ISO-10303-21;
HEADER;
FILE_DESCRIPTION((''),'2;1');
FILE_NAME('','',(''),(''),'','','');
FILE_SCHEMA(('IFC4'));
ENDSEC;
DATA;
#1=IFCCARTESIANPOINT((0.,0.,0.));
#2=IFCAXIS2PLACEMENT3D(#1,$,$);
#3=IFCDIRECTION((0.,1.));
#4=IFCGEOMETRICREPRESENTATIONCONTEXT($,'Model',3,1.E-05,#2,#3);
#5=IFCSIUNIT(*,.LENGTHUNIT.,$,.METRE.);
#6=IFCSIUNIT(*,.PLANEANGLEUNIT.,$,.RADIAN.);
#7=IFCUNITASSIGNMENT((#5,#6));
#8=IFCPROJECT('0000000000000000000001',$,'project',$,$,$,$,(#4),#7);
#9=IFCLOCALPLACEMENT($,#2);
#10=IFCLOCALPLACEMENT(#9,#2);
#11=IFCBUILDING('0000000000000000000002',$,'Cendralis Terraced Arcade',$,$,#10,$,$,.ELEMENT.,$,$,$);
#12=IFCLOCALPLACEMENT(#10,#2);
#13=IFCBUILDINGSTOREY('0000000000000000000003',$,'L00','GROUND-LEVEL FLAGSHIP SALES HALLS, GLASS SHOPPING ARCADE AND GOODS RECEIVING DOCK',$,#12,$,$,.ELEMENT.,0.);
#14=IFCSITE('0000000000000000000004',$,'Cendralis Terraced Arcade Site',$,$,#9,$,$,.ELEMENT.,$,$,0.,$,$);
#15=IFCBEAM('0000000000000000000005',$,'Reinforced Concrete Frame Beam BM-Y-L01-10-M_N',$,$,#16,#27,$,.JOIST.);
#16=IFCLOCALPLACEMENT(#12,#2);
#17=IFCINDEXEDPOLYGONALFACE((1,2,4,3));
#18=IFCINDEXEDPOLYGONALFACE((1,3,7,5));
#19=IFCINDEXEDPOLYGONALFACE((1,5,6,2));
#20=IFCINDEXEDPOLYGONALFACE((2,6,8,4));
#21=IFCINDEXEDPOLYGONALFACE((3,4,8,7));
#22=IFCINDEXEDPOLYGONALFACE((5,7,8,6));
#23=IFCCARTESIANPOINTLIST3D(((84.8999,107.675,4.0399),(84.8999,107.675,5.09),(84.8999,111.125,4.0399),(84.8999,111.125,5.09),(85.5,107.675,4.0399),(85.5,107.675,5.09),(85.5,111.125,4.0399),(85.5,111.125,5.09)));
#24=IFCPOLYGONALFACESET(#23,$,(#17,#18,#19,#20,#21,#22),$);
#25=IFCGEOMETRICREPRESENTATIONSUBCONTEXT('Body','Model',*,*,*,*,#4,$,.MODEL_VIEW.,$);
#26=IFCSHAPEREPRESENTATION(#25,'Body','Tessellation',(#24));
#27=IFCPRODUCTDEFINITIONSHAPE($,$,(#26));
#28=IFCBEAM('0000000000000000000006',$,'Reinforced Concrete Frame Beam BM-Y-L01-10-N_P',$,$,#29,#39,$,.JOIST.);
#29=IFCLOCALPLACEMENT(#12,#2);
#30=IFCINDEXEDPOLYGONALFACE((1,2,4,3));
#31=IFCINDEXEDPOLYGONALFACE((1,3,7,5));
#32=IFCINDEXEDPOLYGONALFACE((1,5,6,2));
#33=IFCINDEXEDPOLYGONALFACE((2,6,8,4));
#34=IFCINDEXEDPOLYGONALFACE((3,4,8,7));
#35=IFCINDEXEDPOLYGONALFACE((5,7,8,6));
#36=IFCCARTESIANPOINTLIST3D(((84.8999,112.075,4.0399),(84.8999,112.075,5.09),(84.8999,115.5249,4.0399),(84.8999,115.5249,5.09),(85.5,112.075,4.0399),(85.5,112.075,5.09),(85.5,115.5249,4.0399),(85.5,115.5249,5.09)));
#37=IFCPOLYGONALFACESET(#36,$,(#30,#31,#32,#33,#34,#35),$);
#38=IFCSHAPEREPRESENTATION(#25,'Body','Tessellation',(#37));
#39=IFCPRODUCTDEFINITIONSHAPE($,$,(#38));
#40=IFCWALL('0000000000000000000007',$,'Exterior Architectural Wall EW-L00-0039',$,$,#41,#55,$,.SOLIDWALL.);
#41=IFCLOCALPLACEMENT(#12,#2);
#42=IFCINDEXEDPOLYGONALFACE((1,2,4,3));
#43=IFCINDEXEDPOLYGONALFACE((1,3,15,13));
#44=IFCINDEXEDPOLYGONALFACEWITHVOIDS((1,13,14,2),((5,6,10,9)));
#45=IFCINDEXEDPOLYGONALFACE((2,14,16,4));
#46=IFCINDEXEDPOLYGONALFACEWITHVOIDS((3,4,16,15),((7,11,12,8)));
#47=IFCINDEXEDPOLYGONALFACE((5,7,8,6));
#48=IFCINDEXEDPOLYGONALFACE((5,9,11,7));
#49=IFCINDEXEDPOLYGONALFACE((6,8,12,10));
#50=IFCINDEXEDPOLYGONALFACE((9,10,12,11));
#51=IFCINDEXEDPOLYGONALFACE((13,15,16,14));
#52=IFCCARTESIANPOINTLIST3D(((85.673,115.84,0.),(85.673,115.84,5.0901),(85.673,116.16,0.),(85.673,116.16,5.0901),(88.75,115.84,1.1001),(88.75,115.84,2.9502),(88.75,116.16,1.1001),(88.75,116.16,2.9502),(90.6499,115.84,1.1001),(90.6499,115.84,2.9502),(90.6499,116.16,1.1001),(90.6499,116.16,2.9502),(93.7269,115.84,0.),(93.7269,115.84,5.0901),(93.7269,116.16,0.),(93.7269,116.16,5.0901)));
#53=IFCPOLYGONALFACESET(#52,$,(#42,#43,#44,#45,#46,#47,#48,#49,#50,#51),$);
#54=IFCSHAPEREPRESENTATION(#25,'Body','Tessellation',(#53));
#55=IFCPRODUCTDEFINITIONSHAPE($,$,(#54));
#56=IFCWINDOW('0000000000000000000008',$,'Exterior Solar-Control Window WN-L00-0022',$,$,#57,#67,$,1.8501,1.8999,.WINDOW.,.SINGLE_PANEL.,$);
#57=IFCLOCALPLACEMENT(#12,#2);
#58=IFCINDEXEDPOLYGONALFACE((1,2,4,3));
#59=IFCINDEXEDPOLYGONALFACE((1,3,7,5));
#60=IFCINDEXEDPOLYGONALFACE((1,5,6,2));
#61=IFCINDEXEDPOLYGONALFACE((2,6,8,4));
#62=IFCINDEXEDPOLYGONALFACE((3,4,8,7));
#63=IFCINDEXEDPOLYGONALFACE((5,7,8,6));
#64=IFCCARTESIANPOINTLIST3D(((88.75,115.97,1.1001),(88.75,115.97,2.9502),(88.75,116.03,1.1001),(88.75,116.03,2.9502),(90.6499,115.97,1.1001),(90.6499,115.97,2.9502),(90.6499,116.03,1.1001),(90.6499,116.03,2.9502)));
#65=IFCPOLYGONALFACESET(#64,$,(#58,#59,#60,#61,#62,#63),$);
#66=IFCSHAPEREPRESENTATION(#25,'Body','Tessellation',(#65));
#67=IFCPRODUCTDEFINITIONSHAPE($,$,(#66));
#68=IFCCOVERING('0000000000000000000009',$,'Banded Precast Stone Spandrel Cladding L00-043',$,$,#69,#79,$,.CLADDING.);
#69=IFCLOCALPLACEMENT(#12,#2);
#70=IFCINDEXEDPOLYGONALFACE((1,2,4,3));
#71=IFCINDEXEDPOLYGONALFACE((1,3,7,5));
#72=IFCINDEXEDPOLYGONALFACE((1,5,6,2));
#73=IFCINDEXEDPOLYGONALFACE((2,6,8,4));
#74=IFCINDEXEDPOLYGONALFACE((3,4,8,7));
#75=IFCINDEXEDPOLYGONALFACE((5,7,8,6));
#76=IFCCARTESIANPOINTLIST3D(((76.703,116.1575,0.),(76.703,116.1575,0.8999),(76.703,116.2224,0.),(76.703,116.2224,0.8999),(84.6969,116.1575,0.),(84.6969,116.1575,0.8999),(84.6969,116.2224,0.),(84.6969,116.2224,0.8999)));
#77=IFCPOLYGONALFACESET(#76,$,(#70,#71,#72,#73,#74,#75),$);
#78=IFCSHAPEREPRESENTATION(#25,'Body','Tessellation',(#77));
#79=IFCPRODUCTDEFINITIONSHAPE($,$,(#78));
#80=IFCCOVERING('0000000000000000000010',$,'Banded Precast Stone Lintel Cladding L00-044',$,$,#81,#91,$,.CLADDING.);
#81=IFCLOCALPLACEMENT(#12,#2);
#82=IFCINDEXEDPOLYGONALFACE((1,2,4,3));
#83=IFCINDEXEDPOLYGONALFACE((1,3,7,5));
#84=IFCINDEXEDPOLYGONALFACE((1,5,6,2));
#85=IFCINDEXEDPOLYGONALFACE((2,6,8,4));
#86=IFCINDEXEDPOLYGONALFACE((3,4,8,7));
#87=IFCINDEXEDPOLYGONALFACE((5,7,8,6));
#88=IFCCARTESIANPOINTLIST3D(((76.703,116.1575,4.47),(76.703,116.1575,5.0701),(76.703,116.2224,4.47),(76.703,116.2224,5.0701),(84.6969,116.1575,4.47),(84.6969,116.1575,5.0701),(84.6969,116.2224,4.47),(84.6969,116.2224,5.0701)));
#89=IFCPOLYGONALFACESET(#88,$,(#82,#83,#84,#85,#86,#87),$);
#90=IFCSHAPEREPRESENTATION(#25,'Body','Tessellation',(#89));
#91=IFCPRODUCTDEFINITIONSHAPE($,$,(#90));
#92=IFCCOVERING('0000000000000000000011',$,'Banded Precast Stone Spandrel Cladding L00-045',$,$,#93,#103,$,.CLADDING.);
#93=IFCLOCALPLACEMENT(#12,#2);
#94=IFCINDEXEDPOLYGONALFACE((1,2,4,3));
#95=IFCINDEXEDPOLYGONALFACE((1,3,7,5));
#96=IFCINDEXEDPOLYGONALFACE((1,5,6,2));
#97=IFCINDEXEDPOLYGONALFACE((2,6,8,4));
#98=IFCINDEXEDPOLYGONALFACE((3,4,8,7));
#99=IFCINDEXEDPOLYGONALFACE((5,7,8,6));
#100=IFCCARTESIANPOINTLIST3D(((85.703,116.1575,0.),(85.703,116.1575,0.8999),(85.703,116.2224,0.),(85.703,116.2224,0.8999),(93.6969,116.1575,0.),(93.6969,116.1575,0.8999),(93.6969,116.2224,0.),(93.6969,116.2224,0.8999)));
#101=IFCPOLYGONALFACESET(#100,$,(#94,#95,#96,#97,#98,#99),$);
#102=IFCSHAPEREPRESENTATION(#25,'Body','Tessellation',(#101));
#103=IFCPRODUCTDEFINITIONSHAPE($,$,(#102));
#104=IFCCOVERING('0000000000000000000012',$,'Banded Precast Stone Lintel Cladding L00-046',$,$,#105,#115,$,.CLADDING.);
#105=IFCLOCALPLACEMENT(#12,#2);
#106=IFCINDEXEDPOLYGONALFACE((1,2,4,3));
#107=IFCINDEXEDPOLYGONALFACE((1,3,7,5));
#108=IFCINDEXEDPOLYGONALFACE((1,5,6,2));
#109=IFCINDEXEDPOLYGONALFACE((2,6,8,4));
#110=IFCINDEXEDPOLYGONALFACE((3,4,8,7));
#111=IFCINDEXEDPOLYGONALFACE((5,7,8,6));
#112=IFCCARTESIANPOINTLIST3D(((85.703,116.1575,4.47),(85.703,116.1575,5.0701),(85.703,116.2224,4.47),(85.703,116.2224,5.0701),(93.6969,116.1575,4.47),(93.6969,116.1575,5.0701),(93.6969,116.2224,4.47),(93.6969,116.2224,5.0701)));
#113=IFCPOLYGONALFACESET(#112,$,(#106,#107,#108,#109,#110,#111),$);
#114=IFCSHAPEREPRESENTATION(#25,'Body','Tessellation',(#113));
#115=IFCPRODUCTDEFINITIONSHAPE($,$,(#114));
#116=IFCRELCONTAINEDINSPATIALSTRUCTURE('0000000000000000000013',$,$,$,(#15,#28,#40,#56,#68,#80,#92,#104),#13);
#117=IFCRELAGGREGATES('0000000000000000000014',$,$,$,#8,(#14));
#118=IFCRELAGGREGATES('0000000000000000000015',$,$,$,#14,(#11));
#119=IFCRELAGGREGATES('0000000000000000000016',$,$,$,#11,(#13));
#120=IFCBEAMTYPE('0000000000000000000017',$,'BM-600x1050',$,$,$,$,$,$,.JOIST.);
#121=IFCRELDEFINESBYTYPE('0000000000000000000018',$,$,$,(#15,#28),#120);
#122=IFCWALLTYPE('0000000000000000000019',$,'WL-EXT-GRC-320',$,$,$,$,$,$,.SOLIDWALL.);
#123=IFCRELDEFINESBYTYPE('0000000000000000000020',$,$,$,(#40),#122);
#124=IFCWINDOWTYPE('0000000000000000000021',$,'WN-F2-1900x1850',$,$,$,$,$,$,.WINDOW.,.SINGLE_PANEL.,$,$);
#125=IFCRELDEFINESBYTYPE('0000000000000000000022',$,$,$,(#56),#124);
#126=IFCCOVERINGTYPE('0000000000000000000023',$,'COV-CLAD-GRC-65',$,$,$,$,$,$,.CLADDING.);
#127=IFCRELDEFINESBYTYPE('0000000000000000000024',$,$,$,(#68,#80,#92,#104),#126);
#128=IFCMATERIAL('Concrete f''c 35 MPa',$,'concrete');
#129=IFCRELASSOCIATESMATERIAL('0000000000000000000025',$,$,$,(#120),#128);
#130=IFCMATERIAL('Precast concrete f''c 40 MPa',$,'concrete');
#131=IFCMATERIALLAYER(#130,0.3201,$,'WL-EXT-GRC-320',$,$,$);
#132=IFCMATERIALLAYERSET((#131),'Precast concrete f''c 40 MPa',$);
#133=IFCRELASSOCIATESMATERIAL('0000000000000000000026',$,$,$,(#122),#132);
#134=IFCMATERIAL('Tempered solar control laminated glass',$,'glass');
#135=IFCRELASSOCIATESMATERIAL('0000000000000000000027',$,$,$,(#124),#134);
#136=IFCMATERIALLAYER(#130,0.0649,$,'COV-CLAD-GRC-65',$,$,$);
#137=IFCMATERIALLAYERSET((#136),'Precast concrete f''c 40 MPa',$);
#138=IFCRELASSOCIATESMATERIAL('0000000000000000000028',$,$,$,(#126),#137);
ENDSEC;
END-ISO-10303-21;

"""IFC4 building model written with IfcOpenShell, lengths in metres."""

from ifc_helpers import new_model, si_unit, direction, frame, frame_2d, origin, origin_2d, place, context, subcontext, project, spatial, rectangle, extrude, material, layer, layer_set, material_profile, profile_set, type_object, element, fill, save


model = new_model("IFC4")

# Units and contexts
model_context = context("Model", 3, precision=1e-05, world=origin(), true_north=direction((0.0, 1.0)))
body_context = subcontext(model_context, "Body", "Model", "MODEL_VIEW")
ifc_project = project(units=[si_unit("LENGTHUNIT", "METRE"), si_unit("PLANEANGLEUNIT", "RADIAN")], contexts=[model_context])

# Site, building, storey
site_placement = place(None, origin())
site = spatial("IfcSite", under=ifc_project, at=site_placement, Name="Cendralis Terraced Arcade Site", CompositionType="ELEMENT", RefElevation=0.0)
building_placement = place(site_placement, origin())
building = spatial("IfcBuilding", under=site, at=building_placement, Name="Cendralis Terraced Arcade", CompositionType="ELEMENT")
storey_placement = place(building_placement, origin())
storey = spatial("IfcBuildingStorey", under=building, at=storey_placement, Name="L00", Description="GROUND-LEVEL FLAGSHIP SALES HALLS, GLASS SHOPPING ARCADE AND GOODS RECEIVING DOCK", CompositionType="ELEMENT", Elevation=0.0)

# Shared definitions
ifc_material_1 = material(Name="Concrete f'c 35 MPa", Category="concrete")

# Beams
ifc_material_profile_1 = material_profile(ifc_material_1, rectangle(XDim=0.6001, YDim=1.05, at=origin_2d()), Name="RC-BM-600x1050", Category="LoadBearing")
ifc_profile_set_1 = profile_set([ifc_material_profile_1], Name="Concrete f'c 35 MPa")
beam_type = type_object("IfcBeamType", Name="BM-600x1050", PredefinedType="JOIST", material=ifc_profile_set_1)
for number, where, z_axis, x_axis, name in (
    (1, (85.2, 107.675, 4.5649), (0.0, 1.0, 0.0), (-1.0, 0.0, 0.0), "Reinforced Concrete Frame Beam BM-Y-L01-10-M_N"),
    (2, (85.2, 112.075, 4.5649), (0.0, 1.0, 0.0), (-1.0, 0.0, 0.0), "Reinforced Concrete Frame Beam BM-Y-L01-10-N_P"),
):
    element("IfcBeam", number, at=place(storey_placement, frame(where, z_axis=z_axis, x_axis=x_axis)), inside=storey, type_object=beam_type, Name=name, PredefinedType="JOIST", context=body_context, shape_type="SweptSolid", body=[
        extrude(rectangle(XDim=0.6001, YDim=1.05, at=origin_2d()), origin(), (0.0, 0.0, 1.0), 3.45),
    ])

# Wall, opening, window
ifc_material_2 = material(Name="Precast concrete f'c 40 MPa", Category="concrete")
ifc_layer_1 = layer(ifc_material_2, 0.3201, Name="WL-EXT-GRC-320")
ifc_layer_set_1 = layer_set([ifc_layer_1], Name="Precast concrete f'c 40 MPa")
wall_type = type_object("IfcWallType", Name="WL-EXT-GRC-320", PredefinedType="SOLIDWALL", material=ifc_layer_set_1)
wall_placement = place(storey_placement, frame((85.6731, 116.0, 0.0), z_axis=(0.0, 0.0, 1.0), x_axis=(1.0, 0.0, 0.0)))
wall = element("IfcWall", 3, at=wall_placement, inside=storey, type_object=wall_type, Name="Exterior Architectural Wall EW-L00-0039", PredefinedType="SOLIDWALL", context=body_context, shape_type="SweptSolid", body=[
    extrude(rectangle(XDim=8.054, YDim=0.3201, at=frame_2d((4.0269, 0.0))), origin(), (0.0, 0.0, 1.0), 5.0901),
])
opening_placement = place(wall_placement, frame((3.0769, 0.0, 1.1001)))
opening = element("IfcOpeningElement", 4, at=opening_placement, cuts=wall, PredefinedType="OPENING", context=body_context, shape_type="SweptSolid", body=[
    extrude(rectangle(XDim=1.8999, YDim=1.8501, at=frame_2d((0.95, 0.925))), frame((0.0, 0.1719, 0.0), z_axis=(0.0, -1.0, 0.0), x_axis=(1.0, 0.0, 0.0)), (0.0, 0.0, 1.0), 0.344),
])
ifc_material_3 = material(Name="Tempered solar control laminated glass", Category="glass")
window_type = type_object("IfcWindowType", Name="WN-F2-1900x1850", PartitioningType="SINGLE_PANEL", PredefinedType="WINDOW", material=ifc_material_3)
window_placement = place(opening_placement, origin())
window = element("IfcWindow", 5, at=window_placement, inside=storey, type_object=window_type, Name="Exterior Solar-Control Window WN-L00-0022", OverallHeight=1.8501, OverallWidth=1.8999, PartitioningType="SINGLE_PANEL", PredefinedType="WINDOW", context=body_context, shape_type="SweptSolid", body=[
    extrude(rectangle(XDim=1.8999, YDim=1.8501, at=frame_2d((0.95, 0.925))), frame((0.0, 0.03, 0.0), z_axis=(0.0, -1.0, 0.0), x_axis=(1.0, 0.0, 0.0)), (0.0, 0.0, 1.0), 0.0601),
])
fill(opening, window)

# Coverings
ifc_layer_2 = layer(ifc_material_2, 0.0649, Name="COV-CLAD-GRC-65")
ifc_layer_set_2 = layer_set([ifc_layer_2], Name="Precast concrete f'c 40 MPa")
covering_type = type_object("IfcCoveringType", Name="COV-CLAD-GRC-65", PredefinedType="CLADDING", material=ifc_layer_set_2)
covering_1_placement = place(storey_placement, frame((80.7, 116.1899, 0.0), z_axis=(0.0, 0.0, 1.0), x_axis=(1.0, 0.0, 0.0)))
element("IfcCovering", 6, at=covering_1_placement, inside=storey, type_object=covering_type, Name="Banded Precast Stone Spandrel Cladding L00-043", PredefinedType="CLADDING", context=body_context, shape_type="SweptSolid", body=[
    extrude(rectangle(XDim=7.9939, YDim=0.0649, at=origin_2d()), origin(), (0.0, 0.0, 1.0), 0.8999),
])
covering_2_placement = place(storey_placement, frame((80.7, 116.1899, 4.47), z_axis=(0.0, 0.0, 1.0), x_axis=(1.0, 0.0, 0.0)))
element("IfcCovering", 7, at=covering_2_placement, inside=storey, type_object=covering_type, Name="Banded Precast Stone Lintel Cladding L00-044", PredefinedType="CLADDING", context=body_context, shape_type="SweptSolid", body=[
    extrude(rectangle(XDim=7.9939, YDim=0.0649, at=origin_2d()), origin(), (0.0, 0.0, 1.0), 0.6001),
])
covering_3_placement = place(storey_placement, frame((89.7, 116.1899, 0.0), z_axis=(0.0, 0.0, 1.0), x_axis=(1.0, 0.0, 0.0)))
element("IfcCovering", 8, at=covering_3_placement, inside=storey, type_object=covering_type, Name="Banded Precast Stone Spandrel Cladding L00-045", PredefinedType="CLADDING", context=body_context, shape_type="SweptSolid", body=[
    extrude(rectangle(XDim=7.9939, YDim=0.0649, at=origin_2d()), origin(), (0.0, 0.0, 1.0), 0.8999),
])
covering_4_placement = place(storey_placement, frame((89.7, 116.1899, 4.47), z_axis=(0.0, 0.0, 1.0), x_axis=(1.0, 0.0, 0.0)))
element("IfcCovering", 9, at=covering_4_placement, inside=storey, type_object=covering_type, Name="Banded Precast Stone Lintel Cladding L00-046", PredefinedType="CLADDING", context=body_context, shape_type="SweptSolid", body=[
    extrude(rectangle(XDim=7.9939, YDim=0.0649, at=origin_2d()), origin(), (0.0, 0.0, 1.0), 0.6001),
])

save(model, "model.ifc")
